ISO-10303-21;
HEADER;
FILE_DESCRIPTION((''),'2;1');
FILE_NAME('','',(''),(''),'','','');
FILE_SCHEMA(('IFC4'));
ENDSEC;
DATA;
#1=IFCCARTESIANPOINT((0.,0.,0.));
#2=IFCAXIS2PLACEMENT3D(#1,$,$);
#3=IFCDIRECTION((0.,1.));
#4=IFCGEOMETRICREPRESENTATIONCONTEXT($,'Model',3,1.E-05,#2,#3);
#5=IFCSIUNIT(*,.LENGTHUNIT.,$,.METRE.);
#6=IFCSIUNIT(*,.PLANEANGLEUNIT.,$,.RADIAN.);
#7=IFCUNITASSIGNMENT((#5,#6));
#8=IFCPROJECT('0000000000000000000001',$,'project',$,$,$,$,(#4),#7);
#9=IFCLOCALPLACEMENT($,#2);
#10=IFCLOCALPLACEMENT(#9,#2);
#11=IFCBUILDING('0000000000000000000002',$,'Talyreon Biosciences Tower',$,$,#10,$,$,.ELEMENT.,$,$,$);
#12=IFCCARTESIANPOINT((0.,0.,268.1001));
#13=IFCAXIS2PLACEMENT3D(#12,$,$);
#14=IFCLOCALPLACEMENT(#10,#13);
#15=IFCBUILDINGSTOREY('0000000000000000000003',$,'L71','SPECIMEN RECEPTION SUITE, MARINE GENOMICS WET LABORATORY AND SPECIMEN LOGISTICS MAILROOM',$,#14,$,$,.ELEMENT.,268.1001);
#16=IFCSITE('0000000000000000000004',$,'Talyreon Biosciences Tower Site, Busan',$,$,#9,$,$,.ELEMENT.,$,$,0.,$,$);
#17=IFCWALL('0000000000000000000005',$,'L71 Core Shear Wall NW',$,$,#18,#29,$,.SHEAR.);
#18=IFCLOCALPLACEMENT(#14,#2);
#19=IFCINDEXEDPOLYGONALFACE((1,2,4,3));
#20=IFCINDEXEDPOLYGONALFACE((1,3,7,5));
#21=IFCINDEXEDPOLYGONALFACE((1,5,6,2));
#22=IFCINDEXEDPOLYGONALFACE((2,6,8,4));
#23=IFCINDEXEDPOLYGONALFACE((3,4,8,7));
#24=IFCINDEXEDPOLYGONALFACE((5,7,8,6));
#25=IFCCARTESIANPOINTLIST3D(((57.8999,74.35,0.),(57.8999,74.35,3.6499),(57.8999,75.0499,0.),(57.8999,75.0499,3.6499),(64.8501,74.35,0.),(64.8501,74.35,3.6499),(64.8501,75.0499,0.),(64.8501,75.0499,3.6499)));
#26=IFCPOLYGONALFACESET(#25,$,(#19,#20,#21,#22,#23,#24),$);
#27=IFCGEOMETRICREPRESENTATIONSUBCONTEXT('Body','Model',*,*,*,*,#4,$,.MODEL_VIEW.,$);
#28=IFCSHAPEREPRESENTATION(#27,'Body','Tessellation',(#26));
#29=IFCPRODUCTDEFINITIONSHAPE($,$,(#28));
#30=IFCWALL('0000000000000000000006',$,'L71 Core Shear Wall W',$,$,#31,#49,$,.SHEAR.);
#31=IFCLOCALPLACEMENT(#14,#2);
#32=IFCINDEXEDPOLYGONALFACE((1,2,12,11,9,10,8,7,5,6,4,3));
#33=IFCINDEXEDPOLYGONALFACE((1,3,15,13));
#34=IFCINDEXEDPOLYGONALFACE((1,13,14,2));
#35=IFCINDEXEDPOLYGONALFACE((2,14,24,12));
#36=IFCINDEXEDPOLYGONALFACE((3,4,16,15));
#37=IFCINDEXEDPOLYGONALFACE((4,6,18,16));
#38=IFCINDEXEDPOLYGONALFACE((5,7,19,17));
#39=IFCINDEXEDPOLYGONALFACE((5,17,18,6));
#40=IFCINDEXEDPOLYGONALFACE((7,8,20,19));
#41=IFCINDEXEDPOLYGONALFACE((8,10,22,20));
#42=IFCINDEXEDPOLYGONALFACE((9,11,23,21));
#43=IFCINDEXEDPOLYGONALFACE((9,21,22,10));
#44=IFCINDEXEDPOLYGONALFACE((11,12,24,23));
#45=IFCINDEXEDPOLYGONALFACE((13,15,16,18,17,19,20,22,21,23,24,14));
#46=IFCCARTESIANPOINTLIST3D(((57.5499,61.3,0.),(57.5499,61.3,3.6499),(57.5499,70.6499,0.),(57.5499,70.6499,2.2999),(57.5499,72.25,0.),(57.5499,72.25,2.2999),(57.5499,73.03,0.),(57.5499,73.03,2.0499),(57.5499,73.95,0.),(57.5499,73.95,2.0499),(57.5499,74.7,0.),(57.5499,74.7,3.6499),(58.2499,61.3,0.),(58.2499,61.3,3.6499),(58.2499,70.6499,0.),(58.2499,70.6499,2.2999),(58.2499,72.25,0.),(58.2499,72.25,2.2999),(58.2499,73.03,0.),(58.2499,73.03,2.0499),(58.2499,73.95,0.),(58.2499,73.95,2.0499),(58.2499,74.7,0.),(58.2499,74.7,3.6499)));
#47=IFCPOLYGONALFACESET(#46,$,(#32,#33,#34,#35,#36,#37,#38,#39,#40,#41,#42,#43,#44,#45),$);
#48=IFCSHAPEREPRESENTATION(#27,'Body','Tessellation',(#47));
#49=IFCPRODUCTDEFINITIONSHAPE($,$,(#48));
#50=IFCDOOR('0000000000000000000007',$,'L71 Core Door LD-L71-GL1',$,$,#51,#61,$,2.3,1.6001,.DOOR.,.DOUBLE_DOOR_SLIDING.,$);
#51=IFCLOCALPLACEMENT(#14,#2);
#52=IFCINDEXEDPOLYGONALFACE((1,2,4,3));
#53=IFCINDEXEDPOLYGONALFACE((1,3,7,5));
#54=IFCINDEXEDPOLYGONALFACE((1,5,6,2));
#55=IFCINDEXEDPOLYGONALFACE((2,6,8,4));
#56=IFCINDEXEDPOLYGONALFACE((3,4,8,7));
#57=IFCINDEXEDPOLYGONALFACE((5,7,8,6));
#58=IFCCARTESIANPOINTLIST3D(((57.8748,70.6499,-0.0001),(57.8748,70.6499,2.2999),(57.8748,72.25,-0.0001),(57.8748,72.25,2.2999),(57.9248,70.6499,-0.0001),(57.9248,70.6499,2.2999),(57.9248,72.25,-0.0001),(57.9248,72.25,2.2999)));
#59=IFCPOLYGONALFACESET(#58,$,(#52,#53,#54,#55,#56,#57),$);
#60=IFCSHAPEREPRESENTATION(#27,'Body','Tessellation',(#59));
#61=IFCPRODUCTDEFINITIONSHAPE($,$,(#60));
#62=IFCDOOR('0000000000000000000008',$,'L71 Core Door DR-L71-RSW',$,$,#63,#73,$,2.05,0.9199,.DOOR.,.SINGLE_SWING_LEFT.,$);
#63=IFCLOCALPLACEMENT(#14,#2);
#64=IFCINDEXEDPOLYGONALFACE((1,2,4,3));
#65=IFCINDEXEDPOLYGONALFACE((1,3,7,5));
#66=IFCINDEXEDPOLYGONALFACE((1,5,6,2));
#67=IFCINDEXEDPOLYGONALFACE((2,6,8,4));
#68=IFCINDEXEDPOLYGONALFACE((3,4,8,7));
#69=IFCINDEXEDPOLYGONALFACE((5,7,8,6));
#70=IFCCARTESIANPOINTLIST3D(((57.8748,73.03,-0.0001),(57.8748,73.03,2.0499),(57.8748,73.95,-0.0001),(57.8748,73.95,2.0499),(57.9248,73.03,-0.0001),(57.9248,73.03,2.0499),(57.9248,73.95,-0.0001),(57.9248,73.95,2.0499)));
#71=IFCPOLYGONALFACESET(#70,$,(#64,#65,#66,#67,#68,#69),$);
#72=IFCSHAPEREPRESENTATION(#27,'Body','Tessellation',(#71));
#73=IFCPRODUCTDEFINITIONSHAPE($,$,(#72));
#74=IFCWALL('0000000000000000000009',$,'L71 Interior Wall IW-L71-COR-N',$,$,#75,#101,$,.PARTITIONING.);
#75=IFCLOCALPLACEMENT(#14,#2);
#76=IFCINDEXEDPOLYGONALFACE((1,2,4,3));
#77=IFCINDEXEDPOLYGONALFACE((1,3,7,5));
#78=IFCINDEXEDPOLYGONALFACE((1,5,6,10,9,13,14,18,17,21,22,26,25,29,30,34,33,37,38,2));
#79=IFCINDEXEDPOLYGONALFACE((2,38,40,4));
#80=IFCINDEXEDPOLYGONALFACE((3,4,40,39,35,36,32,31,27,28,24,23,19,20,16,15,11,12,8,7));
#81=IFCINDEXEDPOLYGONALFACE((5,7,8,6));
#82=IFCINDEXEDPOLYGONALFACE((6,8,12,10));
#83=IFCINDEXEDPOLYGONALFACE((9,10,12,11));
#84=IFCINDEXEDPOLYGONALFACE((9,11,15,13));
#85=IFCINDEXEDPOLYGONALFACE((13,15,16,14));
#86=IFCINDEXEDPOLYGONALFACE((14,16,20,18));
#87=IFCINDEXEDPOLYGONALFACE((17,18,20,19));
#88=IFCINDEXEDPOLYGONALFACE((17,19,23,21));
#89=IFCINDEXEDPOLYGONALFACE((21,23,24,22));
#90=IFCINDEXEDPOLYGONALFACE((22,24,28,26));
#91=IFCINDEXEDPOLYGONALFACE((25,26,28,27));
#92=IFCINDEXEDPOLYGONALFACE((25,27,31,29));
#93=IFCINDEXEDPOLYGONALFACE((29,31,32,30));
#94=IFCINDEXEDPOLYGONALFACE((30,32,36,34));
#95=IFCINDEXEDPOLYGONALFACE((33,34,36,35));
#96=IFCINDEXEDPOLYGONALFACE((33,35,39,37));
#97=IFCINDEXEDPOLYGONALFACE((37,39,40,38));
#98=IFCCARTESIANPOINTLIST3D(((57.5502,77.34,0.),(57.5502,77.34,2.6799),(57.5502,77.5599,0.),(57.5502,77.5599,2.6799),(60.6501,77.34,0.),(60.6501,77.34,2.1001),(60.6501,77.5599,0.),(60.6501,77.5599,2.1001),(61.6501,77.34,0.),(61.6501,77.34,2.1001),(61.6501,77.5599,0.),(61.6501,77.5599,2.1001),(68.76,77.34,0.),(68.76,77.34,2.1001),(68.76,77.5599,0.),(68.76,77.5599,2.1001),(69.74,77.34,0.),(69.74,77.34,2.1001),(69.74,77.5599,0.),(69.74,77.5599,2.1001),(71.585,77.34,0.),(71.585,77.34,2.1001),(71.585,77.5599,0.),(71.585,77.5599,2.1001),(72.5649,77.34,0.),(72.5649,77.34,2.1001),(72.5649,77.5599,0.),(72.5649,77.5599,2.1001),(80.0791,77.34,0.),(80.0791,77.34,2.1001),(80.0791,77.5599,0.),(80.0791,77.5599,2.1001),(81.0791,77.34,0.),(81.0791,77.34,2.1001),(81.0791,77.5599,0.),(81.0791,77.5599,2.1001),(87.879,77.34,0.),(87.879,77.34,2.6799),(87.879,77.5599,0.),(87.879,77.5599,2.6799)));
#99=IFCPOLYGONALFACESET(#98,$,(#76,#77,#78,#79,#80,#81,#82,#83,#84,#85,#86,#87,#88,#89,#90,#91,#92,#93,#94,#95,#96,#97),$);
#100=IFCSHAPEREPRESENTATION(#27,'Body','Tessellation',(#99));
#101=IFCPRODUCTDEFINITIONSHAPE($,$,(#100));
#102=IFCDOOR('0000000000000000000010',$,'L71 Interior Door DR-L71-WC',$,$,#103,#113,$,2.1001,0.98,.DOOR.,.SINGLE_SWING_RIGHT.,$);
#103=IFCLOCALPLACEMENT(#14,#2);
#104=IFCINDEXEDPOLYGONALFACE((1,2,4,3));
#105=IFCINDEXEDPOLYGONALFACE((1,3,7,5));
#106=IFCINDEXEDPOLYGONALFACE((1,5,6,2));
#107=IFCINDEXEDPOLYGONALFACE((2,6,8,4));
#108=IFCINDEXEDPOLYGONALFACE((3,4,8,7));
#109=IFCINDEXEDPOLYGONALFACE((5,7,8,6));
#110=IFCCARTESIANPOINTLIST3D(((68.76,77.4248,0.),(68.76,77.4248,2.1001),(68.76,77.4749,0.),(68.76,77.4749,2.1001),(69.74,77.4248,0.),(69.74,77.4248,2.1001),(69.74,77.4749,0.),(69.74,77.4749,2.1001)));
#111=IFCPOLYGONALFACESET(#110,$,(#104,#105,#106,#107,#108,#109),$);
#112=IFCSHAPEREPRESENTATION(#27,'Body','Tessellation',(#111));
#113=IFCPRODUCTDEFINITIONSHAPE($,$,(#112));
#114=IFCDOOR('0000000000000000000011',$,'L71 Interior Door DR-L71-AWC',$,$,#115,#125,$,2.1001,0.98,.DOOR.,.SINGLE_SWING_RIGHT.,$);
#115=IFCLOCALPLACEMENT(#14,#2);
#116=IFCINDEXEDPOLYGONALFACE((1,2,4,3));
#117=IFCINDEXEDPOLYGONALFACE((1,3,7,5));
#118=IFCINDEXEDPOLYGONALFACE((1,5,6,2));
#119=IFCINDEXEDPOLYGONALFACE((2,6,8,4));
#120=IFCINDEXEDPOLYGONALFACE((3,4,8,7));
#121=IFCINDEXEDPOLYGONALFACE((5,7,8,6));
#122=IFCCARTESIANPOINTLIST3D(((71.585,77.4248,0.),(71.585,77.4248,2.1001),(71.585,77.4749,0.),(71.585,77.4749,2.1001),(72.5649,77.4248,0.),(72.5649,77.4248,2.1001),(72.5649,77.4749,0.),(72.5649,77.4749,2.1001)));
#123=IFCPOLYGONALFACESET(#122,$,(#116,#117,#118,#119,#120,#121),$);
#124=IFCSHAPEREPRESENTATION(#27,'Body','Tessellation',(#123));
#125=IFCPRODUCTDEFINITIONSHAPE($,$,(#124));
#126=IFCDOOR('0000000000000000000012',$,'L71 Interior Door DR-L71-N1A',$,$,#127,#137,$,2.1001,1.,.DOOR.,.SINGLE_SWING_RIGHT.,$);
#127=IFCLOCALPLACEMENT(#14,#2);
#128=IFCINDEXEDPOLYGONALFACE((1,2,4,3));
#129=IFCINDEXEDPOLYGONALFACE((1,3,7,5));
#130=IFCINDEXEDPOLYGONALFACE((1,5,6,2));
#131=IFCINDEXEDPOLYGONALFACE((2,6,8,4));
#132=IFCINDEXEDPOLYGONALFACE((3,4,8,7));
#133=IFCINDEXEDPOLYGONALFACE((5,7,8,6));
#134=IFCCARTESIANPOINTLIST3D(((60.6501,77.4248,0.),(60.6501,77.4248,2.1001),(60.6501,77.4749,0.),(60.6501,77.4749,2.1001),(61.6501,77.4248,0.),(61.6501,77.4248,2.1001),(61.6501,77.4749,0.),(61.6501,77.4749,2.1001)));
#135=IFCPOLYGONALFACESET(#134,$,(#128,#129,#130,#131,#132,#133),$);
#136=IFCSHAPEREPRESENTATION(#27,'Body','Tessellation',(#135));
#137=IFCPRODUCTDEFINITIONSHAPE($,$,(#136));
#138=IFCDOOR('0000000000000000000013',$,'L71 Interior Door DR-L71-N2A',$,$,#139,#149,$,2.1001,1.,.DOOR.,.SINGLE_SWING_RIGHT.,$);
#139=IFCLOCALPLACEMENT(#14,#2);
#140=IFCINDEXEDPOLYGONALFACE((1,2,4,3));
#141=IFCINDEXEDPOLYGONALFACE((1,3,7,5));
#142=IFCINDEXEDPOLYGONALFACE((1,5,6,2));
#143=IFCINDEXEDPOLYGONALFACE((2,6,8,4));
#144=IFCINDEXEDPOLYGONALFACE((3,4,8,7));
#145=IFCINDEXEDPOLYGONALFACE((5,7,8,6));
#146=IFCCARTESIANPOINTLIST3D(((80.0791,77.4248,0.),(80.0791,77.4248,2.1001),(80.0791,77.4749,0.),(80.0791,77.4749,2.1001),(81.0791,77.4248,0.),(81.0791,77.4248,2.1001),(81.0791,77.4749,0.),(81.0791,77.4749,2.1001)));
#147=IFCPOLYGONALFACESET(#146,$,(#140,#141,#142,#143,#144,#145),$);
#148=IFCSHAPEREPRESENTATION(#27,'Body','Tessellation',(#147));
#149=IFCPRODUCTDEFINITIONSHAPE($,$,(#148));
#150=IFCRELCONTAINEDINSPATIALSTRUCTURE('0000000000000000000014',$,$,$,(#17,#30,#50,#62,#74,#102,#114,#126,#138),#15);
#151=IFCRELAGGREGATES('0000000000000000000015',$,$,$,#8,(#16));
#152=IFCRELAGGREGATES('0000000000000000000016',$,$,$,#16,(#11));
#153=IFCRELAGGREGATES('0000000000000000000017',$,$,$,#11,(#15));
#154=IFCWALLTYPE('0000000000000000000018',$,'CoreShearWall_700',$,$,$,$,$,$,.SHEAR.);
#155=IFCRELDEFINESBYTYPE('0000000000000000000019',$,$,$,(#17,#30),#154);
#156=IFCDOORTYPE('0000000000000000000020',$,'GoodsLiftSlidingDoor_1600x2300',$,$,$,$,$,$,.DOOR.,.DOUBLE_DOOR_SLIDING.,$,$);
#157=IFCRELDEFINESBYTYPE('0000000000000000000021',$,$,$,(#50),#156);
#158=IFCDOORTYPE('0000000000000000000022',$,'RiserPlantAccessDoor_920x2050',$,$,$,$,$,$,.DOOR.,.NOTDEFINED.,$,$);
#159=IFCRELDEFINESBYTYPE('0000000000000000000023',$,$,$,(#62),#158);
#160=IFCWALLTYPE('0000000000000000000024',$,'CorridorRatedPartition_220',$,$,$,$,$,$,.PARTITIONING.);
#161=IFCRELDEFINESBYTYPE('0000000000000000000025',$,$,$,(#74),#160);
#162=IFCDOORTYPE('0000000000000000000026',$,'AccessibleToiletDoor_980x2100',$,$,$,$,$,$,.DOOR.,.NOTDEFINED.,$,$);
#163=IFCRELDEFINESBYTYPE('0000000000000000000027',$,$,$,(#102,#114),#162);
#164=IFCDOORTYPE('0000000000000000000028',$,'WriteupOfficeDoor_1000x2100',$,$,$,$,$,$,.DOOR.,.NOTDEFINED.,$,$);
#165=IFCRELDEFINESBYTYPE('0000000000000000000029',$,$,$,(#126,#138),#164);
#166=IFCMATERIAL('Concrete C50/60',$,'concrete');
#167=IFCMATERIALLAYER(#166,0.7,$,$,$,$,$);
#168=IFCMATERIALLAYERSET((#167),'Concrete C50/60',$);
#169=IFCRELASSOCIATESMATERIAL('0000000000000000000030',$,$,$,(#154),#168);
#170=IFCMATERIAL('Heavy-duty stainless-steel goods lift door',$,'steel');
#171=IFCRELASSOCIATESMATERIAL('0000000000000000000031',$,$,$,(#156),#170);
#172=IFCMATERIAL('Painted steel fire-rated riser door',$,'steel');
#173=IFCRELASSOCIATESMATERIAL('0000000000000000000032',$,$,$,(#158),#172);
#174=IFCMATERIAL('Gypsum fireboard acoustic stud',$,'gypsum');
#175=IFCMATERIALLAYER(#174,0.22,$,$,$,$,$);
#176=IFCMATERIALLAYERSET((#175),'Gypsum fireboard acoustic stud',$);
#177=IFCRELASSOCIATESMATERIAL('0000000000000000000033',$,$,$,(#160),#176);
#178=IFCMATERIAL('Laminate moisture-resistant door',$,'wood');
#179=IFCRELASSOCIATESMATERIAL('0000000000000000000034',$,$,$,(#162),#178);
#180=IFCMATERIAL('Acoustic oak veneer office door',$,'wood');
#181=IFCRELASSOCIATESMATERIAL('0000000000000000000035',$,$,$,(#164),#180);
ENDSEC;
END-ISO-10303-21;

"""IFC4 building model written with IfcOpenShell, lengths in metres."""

from ifc_helpers import new_model, si_unit, direction, frame, frame_2d, origin, place, context, subcontext, project, spatial, rectangle, extrude, material, layer, layer_set, type_object, element, fill, save


model = new_model("IFC4")

# Units and contexts
model_context = context("Model", 3, precision=1e-05, world=origin(), true_north=direction((0.0, 1.0)))
body_context = subcontext(model_context, "Body", "Model", "MODEL_VIEW")
ifc_project = project(units=[si_unit("LENGTHUNIT", "METRE"), si_unit("PLANEANGLEUNIT", "RADIAN")], contexts=[model_context])

# Site, building, storey
site_placement = place(None, origin())
site = spatial("IfcSite", under=ifc_project, at=site_placement, Name="Talyreon Biosciences Tower Site, Busan", CompositionType="ELEMENT", RefElevation=0.0)
building_placement = place(site_placement, origin())
building = spatial("IfcBuilding", under=site, at=building_placement, Name="Talyreon Biosciences Tower", CompositionType="ELEMENT")
storey_placement = place(building_placement, frame((0.0, 0.0, 268.1001)))
storey = spatial("IfcBuildingStorey", under=building, at=storey_placement, Name="L71", Description="SPECIMEN RECEPTION SUITE, MARINE GENOMICS WET LABORATORY AND SPECIMEN LOGISTICS MAILROOM", CompositionType="ELEMENT", Elevation=268.1001)

# Shared definitions
ifc_material_1 = material(Name="Concrete C50/60", Category="concrete")

# Wall
ifc_layer_1 = layer(ifc_material_1, 0.7)
ifc_layer_set_1 = layer_set([ifc_layer_1], Name="Concrete C50/60")
wall_type_1 = type_object("IfcWallType", Name="CoreShearWall_700", PredefinedType="SHEAR", material=ifc_layer_set_1)
wall_1_placement = place(storey_placement, frame((64.8501, 74.7, 0.0), z_axis=(0.0, 0.0, 1.0), x_axis=(-1.0, 0.0, 0.0)))
element("IfcWall", 1, at=wall_1_placement, inside=storey, type_object=wall_type_1, Name="L71 Core Shear Wall NW", PredefinedType="SHEAR", context=body_context, shape_type="SweptSolid", body=[
    extrude(rectangle(XDim=6.9502, YDim=0.7, at=frame_2d((3.4751, 0.0))), origin(), (0.0, 0.0, 1.0), 3.6499),
])

# Walls, openings, doors
wall_2_placement = place(storey_placement, frame((57.8999, 74.7, 0.0), z_axis=(0.0, 0.0, 1.0), x_axis=(0.0, -1.0, 0.0)))
wall_2 = element("IfcWall", 2, at=wall_2_placement, inside=storey, type_object=wall_type_1, Name="L71 Core Shear Wall W", PredefinedType="SHEAR", context=body_context, shape_type="SweptSolid", body=[
    extrude(rectangle(XDim=13.3999, YDim=0.7, at=frame_2d((6.7, 0.0))), origin(), (0.0, 0.0, 1.0), 3.6499),
])
opening_1_placement = place(wall_2_placement, frame((0.75, 0.0, 0.0)))
opening_1 = element("IfcOpeningElement", 3, at=opening_1_placement, cuts=wall_2, PredefinedType="OPENING", context=body_context, shape_type="SweptSolid", body=[
    extrude(rectangle(XDim=0.9199, YDim=2.05, at=frame_2d((0.46, 1.0249))), frame((0.0, 0.3599, 0.0), z_axis=(0.0, -1.0, 0.0), x_axis=(1.0, 0.0, 0.0)), (0.0, 0.0, 1.0), 0.72),
])
opening_2_placement = place(wall_2_placement, frame((2.45, 0.0, 0.0)))
opening_2 = element("IfcOpeningElement", 4, at=opening_2_placement, cuts=wall_2, PredefinedType="OPENING", context=body_context, shape_type="SweptSolid", body=[
    extrude(rectangle(XDim=1.6001, YDim=2.3, at=frame_2d((0.8, 1.1499))), frame((0.0, 0.3599, 0.0), z_axis=(0.0, -1.0, 0.0), x_axis=(1.0, 0.0, 0.0)), (0.0, 0.0, 1.0), 0.72),
])
ifc_material_2 = material(Name="Heavy-duty stainless-steel goods lift door", Category="steel")
door_type_1 = type_object("IfcDoorType", Name="GoodsLiftSlidingDoor_1600x2300", OperationType="DOUBLE_DOOR_SLIDING", PredefinedType="DOOR", material=ifc_material_2)
door_1_placement = place(opening_2_placement, origin())
door_1 = element("IfcDoor", 5, at=door_1_placement, inside=storey, type_object=door_type_1, Name="L71 Core Door LD-L71-GL1", OperationType="DOUBLE_DOOR_SLIDING", OverallHeight=2.3, OverallWidth=1.6001, PredefinedType="DOOR", context=body_context, shape_type="SweptSolid", body=[
    extrude(rectangle(XDim=1.6001, YDim=2.3, at=frame_2d((0.8, 1.1499))), frame((0.0, 0.0249, 0.0), z_axis=(0.0, -1.0, 0.0), x_axis=(1.0, 0.0, 0.0)), (0.0, 0.0, 1.0), 0.05),
])
fill(opening_2, door_1)
ifc_material_3 = material(Name="Painted steel fire-rated riser door", Category="steel")
door_type_2 = type_object("IfcDoorType", Name="RiserPlantAccessDoor_920x2050", OperationType="NOTDEFINED", PredefinedType="DOOR", material=ifc_material_3)
door_2_placement = place(opening_1_placement, origin())
door_2 = element("IfcDoor", 6, at=door_2_placement, inside=storey, type_object=door_type_2, Name="L71 Core Door DR-L71-RSW", OperationType="SINGLE_SWING_LEFT", OverallHeight=2.05, OverallWidth=0.9199, PredefinedType="DOOR", context=body_context, shape_type="SweptSolid", body=[
    extrude(rectangle(XDim=0.9199, YDim=2.05, at=frame_2d((0.46, 1.0249))), frame((0.0, 0.0249, 0.0), z_axis=(0.0, -1.0, 0.0), x_axis=(1.0, 0.0, 0.0)), (0.0, 0.0, 1.0), 0.05),
])
fill(opening_1, door_2)
ifc_material_4 = material(Name="Gypsum fireboard acoustic stud", Category="gypsum")
ifc_layer_2 = layer(ifc_material_4, 0.22)
ifc_layer_set_2 = layer_set([ifc_layer_2], Name="Gypsum fireboard acoustic stud")
wall_type_2 = type_object("IfcWallType", Name="CorridorRatedPartition_220", PredefinedType="PARTITIONING", material=ifc_layer_set_2)
wall_3_placement = place(storey_placement, frame((57.55, 77.45, 0.0), z_axis=(0.0, 0.0, 1.0), x_axis=(1.0, 0.0, 0.0)))
wall_3 = element("IfcWall", 7, at=wall_3_placement, inside=storey, type_object=wall_type_2, Name="L71 Interior Wall IW-L71-COR-N", PredefinedType="PARTITIONING", context=body_context, shape_type="SweptSolid", body=[
    extrude(rectangle(XDim=30.3289, YDim=0.22, at=frame_2d((15.1646, 0.0))), origin(), (0.0, 0.0, 1.0), 2.6799),
])
opening_3_placement = place(wall_3_placement, frame((11.21, 0.0, 0.0)))
opening_3 = element("IfcOpeningElement", 8, at=opening_3_placement, cuts=wall_3, PredefinedType="OPENING", context=body_context, shape_type="SweptSolid", body=[
    extrude(rectangle(XDim=0.98, YDim=2.1001, at=frame_2d((0.49, 1.05))), frame((0.0, 0.1199, 0.0), z_axis=(0.0, -1.0, 0.0), x_axis=(1.0, 0.0, 0.0)), (0.0, 0.0, 1.0), 0.24),
])
opening_4_placement = place(wall_3_placement, frame((14.0349, 0.0, 0.0)))
opening_4 = element("IfcOpeningElement", 9, at=opening_4_placement, cuts=wall_3, PredefinedType="OPENING", context=body_context, shape_type="SweptSolid", body=[
    extrude(rectangle(XDim=0.98, YDim=2.1001, at=frame_2d((0.49, 1.05))), frame((0.0, 0.1199, 0.0), z_axis=(0.0, -1.0, 0.0), x_axis=(1.0, 0.0, 0.0)), (0.0, 0.0, 1.0), 0.24),
])
opening_5_placement = place(wall_3_placement, frame((3.1001, 0.0, 0.0)))
opening_5 = element("IfcOpeningElement", 10, at=opening_5_placement, cuts=wall_3, PredefinedType="OPENING", context=body_context, shape_type="SweptSolid", body=[
    extrude(rectangle(XDim=1.0, YDim=2.1001, at=frame_2d((0.5, 1.05))), frame((0.0, 0.1199, 0.0), z_axis=(0.0, -1.0, 0.0), x_axis=(1.0, 0.0, 0.0)), (0.0, 0.0, 1.0), 0.24),
])
opening_6_placement = place(wall_3_placement, frame((22.5291, 0.0, 0.0)))
opening_6 = element("IfcOpeningElement", 11, at=opening_6_placement, cuts=wall_3, PredefinedType="OPENING", context=body_context, shape_type="SweptSolid", body=[
    extrude(rectangle(XDim=1.0, YDim=2.1001, at=frame_2d((0.5, 1.05))), frame((0.0, 0.1199, 0.0), z_axis=(0.0, -1.0, 0.0), x_axis=(1.0, 0.0, 0.0)), (0.0, 0.0, 1.0), 0.24),
])
ifc_material_5 = material(Name="Laminate moisture-resistant door", Category="wood")
door_type_3 = type_object("IfcDoorType", Name="AccessibleToiletDoor_980x2100", OperationType="NOTDEFINED", PredefinedType="DOOR", material=ifc_material_5)
door_3_placement = place(opening_3_placement, origin())
door_3 = element("IfcDoor", 12, at=door_3_placement, inside=storey, type_object=door_type_3, Name="L71 Interior Door DR-L71-WC", OperationType="SINGLE_SWING_RIGHT", OverallHeight=2.1001, OverallWidth=0.98, PredefinedType="DOOR", context=body_context, shape_type="SweptSolid", body=[
    extrude(rectangle(XDim=0.98, YDim=2.1001, at=frame_2d((0.49, 1.05))), frame((0.0, 0.0249, 0.0), z_axis=(0.0, -1.0, 0.0), x_axis=(1.0, 0.0, 0.0)), (0.0, 0.0, 1.0), 0.05),
])
fill(opening_3, door_3)
door_4_placement = place(opening_4_placement, origin())
door_4 = element("IfcDoor", 13, at=door_4_placement, inside=storey, type_object=door_type_3, Name="L71 Interior Door DR-L71-AWC", OperationType="SINGLE_SWING_RIGHT", OverallHeight=2.1001, OverallWidth=0.98, PredefinedType="DOOR", context=body_context, shape_type="SweptSolid", body=[
    extrude(rectangle(XDim=0.98, YDim=2.1001, at=frame_2d((0.49, 1.05))), frame((0.0, 0.0249, 0.0), z_axis=(0.0, -1.0, 0.0), x_axis=(1.0, 0.0, 0.0)), (0.0, 0.0, 1.0), 0.05),
])
fill(opening_4, door_4)
ifc_material_6 = material(Name="Acoustic oak veneer office door", Category="wood")
door_type_4 = type_object("IfcDoorType", Name="WriteupOfficeDoor_1000x2100", OperationType="NOTDEFINED", PredefinedType="DOOR", material=ifc_material_6)
door_5_placement = place(opening_5_placement, origin())
door_5 = element("IfcDoor", 14, at=door_5_placement, inside=storey, type_object=door_type_4, Name="L71 Interior Door DR-L71-N1A", OperationType="SINGLE_SWING_RIGHT", OverallHeight=2.1001, OverallWidth=1.0, PredefinedType="DOOR", context=body_context, shape_type="SweptSolid", body=[
    extrude(rectangle(XDim=1.0, YDim=2.1001, at=frame_2d((0.5, 1.05))), frame((0.0, 0.0249, 0.0), z_axis=(0.0, -1.0, 0.0), x_axis=(1.0, 0.0, 0.0)), (0.0, 0.0, 1.0), 0.05),
])
fill(opening_5, door_5)
door_6_placement = place(opening_6_placement, origin())
door_6 = element("IfcDoor", 15, at=door_6_placement, inside=storey, type_object=door_type_4, Name="L71 Interior Door DR-L71-N2A", OperationType="SINGLE_SWING_RIGHT", OverallHeight=2.1001, OverallWidth=1.0, PredefinedType="DOOR", context=body_context, shape_type="SweptSolid", body=[
    extrude(rectangle(XDim=1.0, YDim=2.1001, at=frame_2d((0.5, 1.05))), frame((0.0, 0.0249, 0.0), z_axis=(0.0, -1.0, 0.0), x_axis=(1.0, 0.0, 0.0)), (0.0, 0.0, 1.0), 0.05),
])
fill(opening_6, door_6)

save(model, "model.ifc")
